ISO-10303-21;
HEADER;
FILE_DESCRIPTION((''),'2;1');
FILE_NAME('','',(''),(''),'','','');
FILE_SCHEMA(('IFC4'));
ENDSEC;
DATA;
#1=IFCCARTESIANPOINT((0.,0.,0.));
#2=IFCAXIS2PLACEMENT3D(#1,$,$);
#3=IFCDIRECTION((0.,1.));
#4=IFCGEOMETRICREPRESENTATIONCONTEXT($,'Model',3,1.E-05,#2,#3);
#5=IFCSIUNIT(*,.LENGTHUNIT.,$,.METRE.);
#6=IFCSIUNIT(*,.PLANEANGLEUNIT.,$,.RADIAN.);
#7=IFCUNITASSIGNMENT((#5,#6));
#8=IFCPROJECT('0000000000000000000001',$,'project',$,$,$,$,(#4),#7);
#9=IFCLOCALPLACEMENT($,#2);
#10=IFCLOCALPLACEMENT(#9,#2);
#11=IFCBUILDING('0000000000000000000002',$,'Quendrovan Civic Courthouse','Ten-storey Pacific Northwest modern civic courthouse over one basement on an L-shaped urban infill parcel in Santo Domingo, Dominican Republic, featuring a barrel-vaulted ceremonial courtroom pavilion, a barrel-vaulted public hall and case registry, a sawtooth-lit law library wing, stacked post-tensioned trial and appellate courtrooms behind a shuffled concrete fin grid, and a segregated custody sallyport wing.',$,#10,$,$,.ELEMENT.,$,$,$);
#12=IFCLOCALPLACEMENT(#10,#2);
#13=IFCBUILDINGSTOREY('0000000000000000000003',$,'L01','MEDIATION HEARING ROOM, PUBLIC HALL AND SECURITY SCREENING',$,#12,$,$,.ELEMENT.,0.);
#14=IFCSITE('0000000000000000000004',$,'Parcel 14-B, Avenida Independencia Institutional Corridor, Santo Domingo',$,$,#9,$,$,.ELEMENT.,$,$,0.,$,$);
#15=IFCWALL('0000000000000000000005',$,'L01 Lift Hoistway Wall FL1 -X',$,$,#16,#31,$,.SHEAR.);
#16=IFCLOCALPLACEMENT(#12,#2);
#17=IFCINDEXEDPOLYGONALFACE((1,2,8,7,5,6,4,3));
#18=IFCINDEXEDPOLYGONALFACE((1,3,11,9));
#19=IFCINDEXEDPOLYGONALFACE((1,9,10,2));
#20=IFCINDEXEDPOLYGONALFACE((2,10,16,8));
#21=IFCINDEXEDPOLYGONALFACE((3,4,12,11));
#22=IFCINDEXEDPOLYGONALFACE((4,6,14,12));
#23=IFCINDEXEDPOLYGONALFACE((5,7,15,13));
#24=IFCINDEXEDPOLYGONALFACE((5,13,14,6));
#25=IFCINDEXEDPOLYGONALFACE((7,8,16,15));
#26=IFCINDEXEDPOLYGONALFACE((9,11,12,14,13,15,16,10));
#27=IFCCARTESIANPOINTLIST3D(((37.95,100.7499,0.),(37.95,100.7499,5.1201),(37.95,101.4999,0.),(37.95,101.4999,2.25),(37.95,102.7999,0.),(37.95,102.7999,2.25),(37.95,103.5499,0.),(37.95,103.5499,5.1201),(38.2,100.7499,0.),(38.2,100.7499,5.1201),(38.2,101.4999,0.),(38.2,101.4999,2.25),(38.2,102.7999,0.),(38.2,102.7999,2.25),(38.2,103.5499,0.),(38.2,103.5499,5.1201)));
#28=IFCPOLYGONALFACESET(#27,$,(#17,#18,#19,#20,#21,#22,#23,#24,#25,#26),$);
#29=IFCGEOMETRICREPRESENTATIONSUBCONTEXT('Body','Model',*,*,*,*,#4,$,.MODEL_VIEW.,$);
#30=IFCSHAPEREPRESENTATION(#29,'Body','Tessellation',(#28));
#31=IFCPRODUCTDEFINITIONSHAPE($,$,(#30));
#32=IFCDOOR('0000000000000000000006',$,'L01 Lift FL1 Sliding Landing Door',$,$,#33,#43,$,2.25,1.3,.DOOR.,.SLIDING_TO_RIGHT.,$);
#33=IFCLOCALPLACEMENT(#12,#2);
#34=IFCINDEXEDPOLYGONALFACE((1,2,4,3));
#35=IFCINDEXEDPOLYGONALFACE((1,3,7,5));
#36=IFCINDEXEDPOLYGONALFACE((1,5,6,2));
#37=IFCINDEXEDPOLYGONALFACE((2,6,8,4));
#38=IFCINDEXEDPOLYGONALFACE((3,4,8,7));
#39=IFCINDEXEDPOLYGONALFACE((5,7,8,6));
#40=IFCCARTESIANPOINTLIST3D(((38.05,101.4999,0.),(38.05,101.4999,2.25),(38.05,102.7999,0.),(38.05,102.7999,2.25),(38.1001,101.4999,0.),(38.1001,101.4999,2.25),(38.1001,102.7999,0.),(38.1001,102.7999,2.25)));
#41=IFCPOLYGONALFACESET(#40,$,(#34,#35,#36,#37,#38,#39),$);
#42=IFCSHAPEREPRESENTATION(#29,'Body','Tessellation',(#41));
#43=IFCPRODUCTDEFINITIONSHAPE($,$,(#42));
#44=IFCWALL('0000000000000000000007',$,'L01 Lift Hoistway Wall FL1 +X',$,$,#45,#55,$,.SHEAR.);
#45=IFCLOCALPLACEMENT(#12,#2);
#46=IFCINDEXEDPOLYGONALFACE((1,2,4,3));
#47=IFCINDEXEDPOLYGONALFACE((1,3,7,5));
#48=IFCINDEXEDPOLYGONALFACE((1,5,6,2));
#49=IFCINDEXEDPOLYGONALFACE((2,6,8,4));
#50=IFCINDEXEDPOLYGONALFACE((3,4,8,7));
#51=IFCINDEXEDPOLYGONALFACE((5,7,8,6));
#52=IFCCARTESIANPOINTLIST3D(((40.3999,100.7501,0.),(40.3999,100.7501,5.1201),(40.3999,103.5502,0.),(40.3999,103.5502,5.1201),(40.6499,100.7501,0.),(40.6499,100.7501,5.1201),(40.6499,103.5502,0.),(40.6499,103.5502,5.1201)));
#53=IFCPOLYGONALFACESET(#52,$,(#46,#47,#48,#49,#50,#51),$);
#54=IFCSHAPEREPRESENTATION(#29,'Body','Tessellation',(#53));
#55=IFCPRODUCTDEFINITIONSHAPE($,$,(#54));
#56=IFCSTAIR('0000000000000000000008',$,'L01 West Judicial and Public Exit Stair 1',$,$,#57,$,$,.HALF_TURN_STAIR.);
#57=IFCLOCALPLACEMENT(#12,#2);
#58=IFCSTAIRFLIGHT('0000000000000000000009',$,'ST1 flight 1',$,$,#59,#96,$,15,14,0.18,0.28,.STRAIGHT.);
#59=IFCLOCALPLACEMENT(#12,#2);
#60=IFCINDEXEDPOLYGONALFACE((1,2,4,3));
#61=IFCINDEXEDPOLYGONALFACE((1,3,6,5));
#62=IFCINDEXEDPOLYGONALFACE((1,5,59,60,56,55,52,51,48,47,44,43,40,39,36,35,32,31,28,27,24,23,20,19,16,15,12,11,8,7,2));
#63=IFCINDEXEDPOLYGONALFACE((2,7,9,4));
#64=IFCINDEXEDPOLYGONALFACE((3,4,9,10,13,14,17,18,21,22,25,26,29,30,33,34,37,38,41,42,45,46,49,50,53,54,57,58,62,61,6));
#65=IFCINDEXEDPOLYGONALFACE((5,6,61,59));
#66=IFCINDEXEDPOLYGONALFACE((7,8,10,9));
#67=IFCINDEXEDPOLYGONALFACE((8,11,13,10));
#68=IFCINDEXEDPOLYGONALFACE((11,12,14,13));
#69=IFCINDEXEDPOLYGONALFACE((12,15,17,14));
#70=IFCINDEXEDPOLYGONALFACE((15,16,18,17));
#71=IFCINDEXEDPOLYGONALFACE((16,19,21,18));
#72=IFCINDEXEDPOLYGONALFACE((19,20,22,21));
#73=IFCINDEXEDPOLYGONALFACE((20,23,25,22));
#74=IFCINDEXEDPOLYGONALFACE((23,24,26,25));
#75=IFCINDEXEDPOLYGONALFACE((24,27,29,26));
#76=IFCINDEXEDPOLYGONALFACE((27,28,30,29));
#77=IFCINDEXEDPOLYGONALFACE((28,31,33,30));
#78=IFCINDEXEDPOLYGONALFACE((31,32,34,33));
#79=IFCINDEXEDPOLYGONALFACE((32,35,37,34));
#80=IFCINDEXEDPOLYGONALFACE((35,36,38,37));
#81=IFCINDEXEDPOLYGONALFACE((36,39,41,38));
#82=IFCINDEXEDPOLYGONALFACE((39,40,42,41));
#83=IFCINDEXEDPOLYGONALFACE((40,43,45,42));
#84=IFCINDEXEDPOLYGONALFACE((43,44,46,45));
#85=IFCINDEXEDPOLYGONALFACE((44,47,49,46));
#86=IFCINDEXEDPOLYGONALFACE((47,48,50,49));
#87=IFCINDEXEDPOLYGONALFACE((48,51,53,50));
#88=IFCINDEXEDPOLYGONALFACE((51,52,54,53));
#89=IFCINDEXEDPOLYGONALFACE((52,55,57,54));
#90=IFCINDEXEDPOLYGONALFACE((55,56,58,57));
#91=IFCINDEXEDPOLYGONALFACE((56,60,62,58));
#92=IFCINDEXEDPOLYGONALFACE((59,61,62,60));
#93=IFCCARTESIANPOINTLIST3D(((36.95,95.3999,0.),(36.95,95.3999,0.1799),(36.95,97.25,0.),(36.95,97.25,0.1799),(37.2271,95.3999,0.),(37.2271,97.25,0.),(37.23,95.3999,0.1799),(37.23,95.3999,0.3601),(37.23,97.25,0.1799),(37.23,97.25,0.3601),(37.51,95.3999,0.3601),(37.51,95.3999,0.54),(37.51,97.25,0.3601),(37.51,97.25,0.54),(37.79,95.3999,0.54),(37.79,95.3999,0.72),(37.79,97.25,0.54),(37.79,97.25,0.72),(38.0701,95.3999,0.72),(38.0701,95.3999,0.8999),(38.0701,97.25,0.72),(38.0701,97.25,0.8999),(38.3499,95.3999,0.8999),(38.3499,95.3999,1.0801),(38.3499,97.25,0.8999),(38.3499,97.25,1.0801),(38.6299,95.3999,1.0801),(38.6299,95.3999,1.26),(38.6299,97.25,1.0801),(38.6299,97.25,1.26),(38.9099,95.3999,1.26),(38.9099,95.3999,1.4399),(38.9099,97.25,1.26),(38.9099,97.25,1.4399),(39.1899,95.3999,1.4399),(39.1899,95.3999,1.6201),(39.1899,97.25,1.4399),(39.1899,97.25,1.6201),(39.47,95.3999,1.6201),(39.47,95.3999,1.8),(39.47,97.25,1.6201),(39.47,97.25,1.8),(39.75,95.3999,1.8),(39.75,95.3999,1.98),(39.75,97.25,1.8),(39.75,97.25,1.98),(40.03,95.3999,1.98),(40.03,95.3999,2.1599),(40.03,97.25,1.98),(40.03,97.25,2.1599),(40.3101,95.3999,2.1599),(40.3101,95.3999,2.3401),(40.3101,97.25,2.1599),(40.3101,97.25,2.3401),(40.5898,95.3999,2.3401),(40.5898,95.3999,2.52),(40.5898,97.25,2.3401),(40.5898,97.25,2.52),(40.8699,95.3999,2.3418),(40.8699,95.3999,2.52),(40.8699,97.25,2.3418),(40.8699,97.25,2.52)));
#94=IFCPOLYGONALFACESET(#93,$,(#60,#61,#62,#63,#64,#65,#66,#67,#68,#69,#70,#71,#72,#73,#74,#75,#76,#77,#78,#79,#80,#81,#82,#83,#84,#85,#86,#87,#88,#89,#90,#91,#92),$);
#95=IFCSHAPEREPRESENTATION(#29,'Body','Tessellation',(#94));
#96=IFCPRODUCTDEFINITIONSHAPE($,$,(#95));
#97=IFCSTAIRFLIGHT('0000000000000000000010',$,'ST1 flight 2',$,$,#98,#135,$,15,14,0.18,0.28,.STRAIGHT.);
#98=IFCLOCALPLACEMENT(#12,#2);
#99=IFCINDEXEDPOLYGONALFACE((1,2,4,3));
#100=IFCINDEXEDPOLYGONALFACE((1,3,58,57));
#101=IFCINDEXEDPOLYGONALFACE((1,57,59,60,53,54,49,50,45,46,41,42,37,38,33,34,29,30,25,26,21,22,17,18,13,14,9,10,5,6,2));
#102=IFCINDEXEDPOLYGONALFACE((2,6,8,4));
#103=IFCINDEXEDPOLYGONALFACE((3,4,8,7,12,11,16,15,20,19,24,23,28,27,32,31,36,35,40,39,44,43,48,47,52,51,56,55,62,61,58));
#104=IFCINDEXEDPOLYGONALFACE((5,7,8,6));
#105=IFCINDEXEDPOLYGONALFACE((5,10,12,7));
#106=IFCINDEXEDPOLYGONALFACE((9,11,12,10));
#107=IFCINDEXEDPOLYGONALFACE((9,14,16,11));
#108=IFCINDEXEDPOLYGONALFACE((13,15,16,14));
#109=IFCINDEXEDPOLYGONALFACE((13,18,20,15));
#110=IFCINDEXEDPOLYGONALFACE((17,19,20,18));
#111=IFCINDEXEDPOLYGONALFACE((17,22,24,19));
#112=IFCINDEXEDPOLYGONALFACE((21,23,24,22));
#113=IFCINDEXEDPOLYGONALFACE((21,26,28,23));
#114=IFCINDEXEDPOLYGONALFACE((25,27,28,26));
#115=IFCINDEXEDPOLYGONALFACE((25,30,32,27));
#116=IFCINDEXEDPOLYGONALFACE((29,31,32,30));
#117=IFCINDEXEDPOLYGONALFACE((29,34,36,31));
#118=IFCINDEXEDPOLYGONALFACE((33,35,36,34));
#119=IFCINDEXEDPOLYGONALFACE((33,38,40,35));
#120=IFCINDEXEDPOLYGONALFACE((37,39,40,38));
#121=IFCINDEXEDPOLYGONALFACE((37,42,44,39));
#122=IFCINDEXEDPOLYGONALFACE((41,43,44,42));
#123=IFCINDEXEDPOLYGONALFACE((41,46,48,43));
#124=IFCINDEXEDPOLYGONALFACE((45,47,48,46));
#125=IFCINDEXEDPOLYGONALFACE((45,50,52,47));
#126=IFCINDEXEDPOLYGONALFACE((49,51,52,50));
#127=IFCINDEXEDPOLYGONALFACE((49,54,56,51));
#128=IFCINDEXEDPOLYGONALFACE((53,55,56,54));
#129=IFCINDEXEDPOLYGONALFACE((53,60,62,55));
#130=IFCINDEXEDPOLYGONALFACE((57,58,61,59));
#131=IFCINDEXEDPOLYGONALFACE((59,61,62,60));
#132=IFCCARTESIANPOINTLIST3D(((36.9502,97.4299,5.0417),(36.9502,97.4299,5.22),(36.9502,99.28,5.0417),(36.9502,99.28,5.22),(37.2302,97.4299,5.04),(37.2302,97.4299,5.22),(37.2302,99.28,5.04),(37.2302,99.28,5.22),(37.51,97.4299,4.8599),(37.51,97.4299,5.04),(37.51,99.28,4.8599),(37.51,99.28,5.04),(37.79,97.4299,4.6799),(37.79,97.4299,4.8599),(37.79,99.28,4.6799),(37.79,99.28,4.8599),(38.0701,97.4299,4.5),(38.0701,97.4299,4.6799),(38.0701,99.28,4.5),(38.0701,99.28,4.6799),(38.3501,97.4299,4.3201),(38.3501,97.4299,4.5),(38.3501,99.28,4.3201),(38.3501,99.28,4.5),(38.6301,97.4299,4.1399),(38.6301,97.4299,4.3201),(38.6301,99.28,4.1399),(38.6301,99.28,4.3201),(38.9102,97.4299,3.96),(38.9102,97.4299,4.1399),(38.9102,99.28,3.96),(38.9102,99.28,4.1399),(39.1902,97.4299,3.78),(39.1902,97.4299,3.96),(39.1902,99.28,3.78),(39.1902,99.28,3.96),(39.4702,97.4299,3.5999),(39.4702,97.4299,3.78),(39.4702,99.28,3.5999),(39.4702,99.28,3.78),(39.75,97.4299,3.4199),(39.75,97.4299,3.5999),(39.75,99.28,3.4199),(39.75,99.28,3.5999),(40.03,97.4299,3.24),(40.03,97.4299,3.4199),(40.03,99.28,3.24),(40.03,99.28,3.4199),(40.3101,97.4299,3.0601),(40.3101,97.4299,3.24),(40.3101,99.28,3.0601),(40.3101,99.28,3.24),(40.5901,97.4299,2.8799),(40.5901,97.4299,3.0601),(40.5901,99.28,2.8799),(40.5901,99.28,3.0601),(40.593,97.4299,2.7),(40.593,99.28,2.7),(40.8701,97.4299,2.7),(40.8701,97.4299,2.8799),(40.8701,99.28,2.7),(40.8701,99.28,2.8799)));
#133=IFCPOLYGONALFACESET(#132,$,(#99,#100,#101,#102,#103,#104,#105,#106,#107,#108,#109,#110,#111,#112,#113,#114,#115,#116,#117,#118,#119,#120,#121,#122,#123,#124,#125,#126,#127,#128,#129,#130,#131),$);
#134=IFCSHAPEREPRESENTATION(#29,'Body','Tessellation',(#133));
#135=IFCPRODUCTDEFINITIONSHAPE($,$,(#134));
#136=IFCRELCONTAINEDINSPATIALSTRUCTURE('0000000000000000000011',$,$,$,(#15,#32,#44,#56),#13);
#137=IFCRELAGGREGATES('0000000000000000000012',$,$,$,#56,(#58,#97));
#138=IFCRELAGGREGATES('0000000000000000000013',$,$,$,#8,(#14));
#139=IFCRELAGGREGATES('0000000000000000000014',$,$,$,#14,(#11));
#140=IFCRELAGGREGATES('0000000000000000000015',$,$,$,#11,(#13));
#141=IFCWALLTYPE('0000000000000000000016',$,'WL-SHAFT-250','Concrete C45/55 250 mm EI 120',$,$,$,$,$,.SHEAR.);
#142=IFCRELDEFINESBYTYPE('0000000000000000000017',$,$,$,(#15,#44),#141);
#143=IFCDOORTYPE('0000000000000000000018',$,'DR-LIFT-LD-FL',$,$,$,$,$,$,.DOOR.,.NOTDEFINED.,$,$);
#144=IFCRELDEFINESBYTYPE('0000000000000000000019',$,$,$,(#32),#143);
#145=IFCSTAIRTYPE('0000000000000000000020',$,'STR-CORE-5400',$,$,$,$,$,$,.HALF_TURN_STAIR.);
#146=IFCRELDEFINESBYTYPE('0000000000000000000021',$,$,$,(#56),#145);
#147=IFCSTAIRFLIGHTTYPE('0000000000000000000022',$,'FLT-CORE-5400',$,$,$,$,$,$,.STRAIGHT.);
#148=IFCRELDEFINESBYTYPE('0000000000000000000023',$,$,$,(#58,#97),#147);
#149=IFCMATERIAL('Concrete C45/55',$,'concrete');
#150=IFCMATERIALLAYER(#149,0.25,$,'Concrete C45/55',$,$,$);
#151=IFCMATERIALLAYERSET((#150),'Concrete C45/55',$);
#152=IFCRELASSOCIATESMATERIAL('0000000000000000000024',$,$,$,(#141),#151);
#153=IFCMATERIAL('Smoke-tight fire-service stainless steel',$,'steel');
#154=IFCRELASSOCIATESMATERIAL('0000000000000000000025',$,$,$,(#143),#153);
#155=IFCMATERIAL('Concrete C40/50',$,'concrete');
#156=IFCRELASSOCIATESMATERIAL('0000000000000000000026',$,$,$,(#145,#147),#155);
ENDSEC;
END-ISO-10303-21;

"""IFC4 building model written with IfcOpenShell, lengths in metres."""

from ifc_helpers import new_model, si_unit, direction, frame, frame_2d, origin, place, context, subcontext, project, spatial, polyline, rectangle, outline, extrude, material, layer, layer_set, type_object, element, fill, aggregate, save


model = new_model("IFC4")

# Units and contexts
model_context = context("Model", 3, precision=1e-05, world=origin(), true_north=direction((0.0, 1.0)))
body_context = subcontext(model_context, "Body", "Model", "MODEL_VIEW")
ifc_project = project(units=[si_unit("LENGTHUNIT", "METRE"), si_unit("PLANEANGLEUNIT", "RADIAN")], contexts=[model_context])

# Site, building, storey
site_placement = place(None, origin())
site = spatial("IfcSite", under=ifc_project, at=site_placement, Name="Parcel 14-B, Avenida Independencia Institutional Corridor, Santo Domingo", CompositionType="ELEMENT", RefElevation=0.0)
building_placement = place(site_placement, origin())
building = spatial("IfcBuilding", under=site, at=building_placement, Name="Quendrovan Civic Courthouse", Description="Ten-storey Pacific Northwest modern civic courthouse over one basement on an L-shaped urban infill parcel in Santo Domingo, Dominican Republic, featuring a barrel-vaulted ceremonial courtroom pavilion, a barrel-vaulted public hall and case registry, a sawtooth-lit law library wing, stacked post-tensioned trial and appellate courtrooms behind a shuffled concrete fin grid, and a segregated custody sallyport wing.", CompositionType="ELEMENT")
storey_placement = place(building_placement, origin())
storey = spatial("IfcBuildingStorey", under=building, at=storey_placement, Name="L01", Description="MEDIATION HEARING ROOM, PUBLIC HALL AND SECURITY SCREENING", CompositionType="ELEMENT", Elevation=0.0)

# Shared definitions
ifc_material_1 = material(Name="Concrete C45/55", Category="concrete")

# Shared definitions
ifc_material_2 = material(Name="Concrete C40/50", Category="concrete")
ifc_layer_1 = layer(ifc_material_1, 0.25, Name="Concrete C45/55")
ifc_layer_set_1 = layer_set([ifc_layer_1], Name="Concrete C45/55")
wall_type_1 = type_object("IfcWallType", Name="WL-SHAFT-250", Description="Concrete C45/55 250 mm EI 120", PredefinedType="SHEAR", material=ifc_layer_set_1)

# Wall, opening, door
wall_1_placement = place(storey_placement, frame((38.075, 100.75, 0.0), z_axis=(0.0, 0.0, 1.0), x_axis=(0.0, 1.0, 0.0)))
wall_1 = element("IfcWall", 1, at=wall_1_placement, inside=storey, type_object=wall_type_1, Name="L01 Lift Hoistway Wall FL1 -X", PredefinedType="SHEAR", context=body_context, shape_type="SweptSolid", body=[
    extrude(rectangle(XDim=2.8, YDim=0.25, at=frame_2d((1.3999, 0.0))), origin(), (0.0, 0.0, 1.0), 5.1201),
])
opening_1_placement = place(wall_1_placement, frame((0.75, 0.0, 0.0)))
opening_1 = element("IfcOpeningElement", 2, at=opening_1_placement, cuts=wall_1, PredefinedType="OPENING", context=body_context, shape_type="SweptSolid", body=[
    extrude(rectangle(XDim=1.3, YDim=2.25, at=frame_2d((0.6499, 1.125))), frame((0.0, 0.135, 0.0), z_axis=(0.0, -1.0, 0.0), x_axis=(1.0, 0.0, 0.0)), (0.0, 0.0, 1.0), 0.27),
])
ifc_material_3 = material(Name="Smoke-tight fire-service stainless steel", Category="steel")
door_type_1 = type_object("IfcDoorType", Name="DR-LIFT-LD-FL", OperationType="NOTDEFINED", PredefinedType="DOOR", material=ifc_material_3)
door_1_placement = place(opening_1_placement, origin())
door_1 = element("IfcDoor", 3, at=door_1_placement, inside=storey, type_object=door_type_1, Name="L01 Lift FL1 Sliding Landing Door", OperationType="SLIDING_TO_RIGHT", OverallHeight=2.25, OverallWidth=1.3, PredefinedType="DOOR", context=body_context, shape_type="SweptSolid", body=[
    extrude(rectangle(XDim=1.3, YDim=2.25, at=frame_2d((0.6499, 1.125))), frame((0.0, 0.0249, 0.0), z_axis=(0.0, -1.0, 0.0), x_axis=(1.0, 0.0, 0.0)), (0.0, 0.0, 1.0), 0.05),
])
fill(opening_1, door_1)

# Wall
wall_2_placement = place(storey_placement, frame((40.5249, 103.55, 0.0), z_axis=(0.0, 0.0, 1.0), x_axis=(0.0, -1.0, 0.0)))
element("IfcWall", 4, at=wall_2_placement, inside=storey, type_object=wall_type_1, Name="L01 Lift Hoistway Wall FL1 +X", PredefinedType="SHEAR", context=body_context, shape_type="SweptSolid", body=[
    extrude(rectangle(XDim=2.8, YDim=0.25, at=frame_2d((1.3999, 0.0))), origin(), (0.0, 0.0, 1.0), 5.1201),
])

# Stair, stair flights
stair_type = type_object("IfcStairType", Name="STR-CORE-5400", PredefinedType="HALF_TURN_STAIR", material=ifc_material_2)
stair_placement = place(storey_placement, origin())
stair = element("IfcStair", 5, at=stair_placement, inside=storey, type_object=stair_type, Name="L01 West Judicial and Public Exit Stair 1", PredefinedType="HALF_TURN_STAIR")
stair_flight_type = type_object("IfcStairFlightType", Name="FLT-CORE-5400", PredefinedType="STRAIGHT", material=ifc_material_2)
stair_flight_1_placement = place(storey_placement, frame((36.95, 96.325, 0.0), z_axis=(0.0, 0.0, 1.0), x_axis=(1.0, 0.0, 0.0)))
stair_flight_1 = element("IfcStairFlight", 6, at=stair_flight_1_placement, type_object=stair_flight_type, Name="ST1 flight 1", NumberOfRisers=15, NumberOfTreads=14, PredefinedType="STRAIGHT", RiserHeight=0.18, TreadLength=0.28, context=body_context, shape_type="SweptSolid", body=[
    extrude(outline(polyline([(0.0, 0.0), (0.0, 0.1799), (0.28, 0.1799), (0.28, 0.3601), (0.5601, 0.3601), (0.5601, 0.54), (0.8401, 0.54), (0.8401, 0.72), (1.1201, 0.72), (1.1201, 0.8999), (1.3999, 0.8999), (1.3999, 1.0801), (1.6799, 1.0801), (1.6799, 1.26), (1.96, 1.26), (1.96, 1.4399), (2.24, 1.4399), (2.24, 1.6201), (2.52, 1.6201), (2.52, 1.8), (2.8, 1.8), (2.8, 1.98), (3.0801, 1.98), (3.0801, 2.1599), (3.3601, 2.1599), (3.3601, 2.3401), (3.6399, 2.3401), (3.6399, 2.52), (3.9199, 2.52), (3.9199, 2.7), (3.9199, 2.3418), (0.2771, 0.0), (0.0, 0.0)])), frame((0.0, 0.925, 0.0), z_axis=(0.0, -1.0, 0.0), x_axis=(1.0, 0.0, 0.0)), (0.0, 0.0, 1.0), 1.8501),
])
stair_flight_2_placement = place(storey_placement, frame((40.8701, 98.355, 2.7), z_axis=(0.0, 0.0, 1.0), x_axis=(-1.0, 0.0, 0.0)))
stair_flight_2 = element("IfcStairFlight", 7, at=stair_flight_2_placement, type_object=stair_flight_type, Name="ST1 flight 2", NumberOfRisers=15, NumberOfTreads=14, PredefinedType="STRAIGHT", RiserHeight=0.18, TreadLength=0.28, context=body_context, shape_type="SweptSolid", body=[
    extrude(outline(polyline([(0.0, 0.0), (0.0, 0.1799), (0.28, 0.1799), (0.28, 0.3601), (0.5601, 0.3601), (0.5601, 0.54), (0.8401, 0.54), (0.8401, 0.72), (1.1201, 0.72), (1.1201, 0.8999), (1.3999, 0.8999), (1.3999, 1.0801), (1.6799, 1.0801), (1.6799, 1.26), (1.96, 1.26), (1.96, 1.4399), (2.24, 1.4399), (2.24, 1.6201), (2.52, 1.6201), (2.52, 1.8), (2.8, 1.8), (2.8, 1.98), (3.0801, 1.98), (3.0801, 2.1599), (3.3601, 2.1599), (3.3601, 2.3401), (3.6399, 2.3401), (3.6399, 2.52), (3.9199, 2.52), (3.9199, 2.7), (3.9199, 2.3418), (0.2771, 0.0), (0.0, 0.0)])), frame((0.0, 0.925, 0.0), z_axis=(0.0, -1.0, 0.0), x_axis=(1.0, 0.0, 0.0)), (0.0, 0.0, 1.0), 1.8501),
])
aggregate(stair, [stair_flight_1, stair_flight_2])

save(model, "model.ifc")
